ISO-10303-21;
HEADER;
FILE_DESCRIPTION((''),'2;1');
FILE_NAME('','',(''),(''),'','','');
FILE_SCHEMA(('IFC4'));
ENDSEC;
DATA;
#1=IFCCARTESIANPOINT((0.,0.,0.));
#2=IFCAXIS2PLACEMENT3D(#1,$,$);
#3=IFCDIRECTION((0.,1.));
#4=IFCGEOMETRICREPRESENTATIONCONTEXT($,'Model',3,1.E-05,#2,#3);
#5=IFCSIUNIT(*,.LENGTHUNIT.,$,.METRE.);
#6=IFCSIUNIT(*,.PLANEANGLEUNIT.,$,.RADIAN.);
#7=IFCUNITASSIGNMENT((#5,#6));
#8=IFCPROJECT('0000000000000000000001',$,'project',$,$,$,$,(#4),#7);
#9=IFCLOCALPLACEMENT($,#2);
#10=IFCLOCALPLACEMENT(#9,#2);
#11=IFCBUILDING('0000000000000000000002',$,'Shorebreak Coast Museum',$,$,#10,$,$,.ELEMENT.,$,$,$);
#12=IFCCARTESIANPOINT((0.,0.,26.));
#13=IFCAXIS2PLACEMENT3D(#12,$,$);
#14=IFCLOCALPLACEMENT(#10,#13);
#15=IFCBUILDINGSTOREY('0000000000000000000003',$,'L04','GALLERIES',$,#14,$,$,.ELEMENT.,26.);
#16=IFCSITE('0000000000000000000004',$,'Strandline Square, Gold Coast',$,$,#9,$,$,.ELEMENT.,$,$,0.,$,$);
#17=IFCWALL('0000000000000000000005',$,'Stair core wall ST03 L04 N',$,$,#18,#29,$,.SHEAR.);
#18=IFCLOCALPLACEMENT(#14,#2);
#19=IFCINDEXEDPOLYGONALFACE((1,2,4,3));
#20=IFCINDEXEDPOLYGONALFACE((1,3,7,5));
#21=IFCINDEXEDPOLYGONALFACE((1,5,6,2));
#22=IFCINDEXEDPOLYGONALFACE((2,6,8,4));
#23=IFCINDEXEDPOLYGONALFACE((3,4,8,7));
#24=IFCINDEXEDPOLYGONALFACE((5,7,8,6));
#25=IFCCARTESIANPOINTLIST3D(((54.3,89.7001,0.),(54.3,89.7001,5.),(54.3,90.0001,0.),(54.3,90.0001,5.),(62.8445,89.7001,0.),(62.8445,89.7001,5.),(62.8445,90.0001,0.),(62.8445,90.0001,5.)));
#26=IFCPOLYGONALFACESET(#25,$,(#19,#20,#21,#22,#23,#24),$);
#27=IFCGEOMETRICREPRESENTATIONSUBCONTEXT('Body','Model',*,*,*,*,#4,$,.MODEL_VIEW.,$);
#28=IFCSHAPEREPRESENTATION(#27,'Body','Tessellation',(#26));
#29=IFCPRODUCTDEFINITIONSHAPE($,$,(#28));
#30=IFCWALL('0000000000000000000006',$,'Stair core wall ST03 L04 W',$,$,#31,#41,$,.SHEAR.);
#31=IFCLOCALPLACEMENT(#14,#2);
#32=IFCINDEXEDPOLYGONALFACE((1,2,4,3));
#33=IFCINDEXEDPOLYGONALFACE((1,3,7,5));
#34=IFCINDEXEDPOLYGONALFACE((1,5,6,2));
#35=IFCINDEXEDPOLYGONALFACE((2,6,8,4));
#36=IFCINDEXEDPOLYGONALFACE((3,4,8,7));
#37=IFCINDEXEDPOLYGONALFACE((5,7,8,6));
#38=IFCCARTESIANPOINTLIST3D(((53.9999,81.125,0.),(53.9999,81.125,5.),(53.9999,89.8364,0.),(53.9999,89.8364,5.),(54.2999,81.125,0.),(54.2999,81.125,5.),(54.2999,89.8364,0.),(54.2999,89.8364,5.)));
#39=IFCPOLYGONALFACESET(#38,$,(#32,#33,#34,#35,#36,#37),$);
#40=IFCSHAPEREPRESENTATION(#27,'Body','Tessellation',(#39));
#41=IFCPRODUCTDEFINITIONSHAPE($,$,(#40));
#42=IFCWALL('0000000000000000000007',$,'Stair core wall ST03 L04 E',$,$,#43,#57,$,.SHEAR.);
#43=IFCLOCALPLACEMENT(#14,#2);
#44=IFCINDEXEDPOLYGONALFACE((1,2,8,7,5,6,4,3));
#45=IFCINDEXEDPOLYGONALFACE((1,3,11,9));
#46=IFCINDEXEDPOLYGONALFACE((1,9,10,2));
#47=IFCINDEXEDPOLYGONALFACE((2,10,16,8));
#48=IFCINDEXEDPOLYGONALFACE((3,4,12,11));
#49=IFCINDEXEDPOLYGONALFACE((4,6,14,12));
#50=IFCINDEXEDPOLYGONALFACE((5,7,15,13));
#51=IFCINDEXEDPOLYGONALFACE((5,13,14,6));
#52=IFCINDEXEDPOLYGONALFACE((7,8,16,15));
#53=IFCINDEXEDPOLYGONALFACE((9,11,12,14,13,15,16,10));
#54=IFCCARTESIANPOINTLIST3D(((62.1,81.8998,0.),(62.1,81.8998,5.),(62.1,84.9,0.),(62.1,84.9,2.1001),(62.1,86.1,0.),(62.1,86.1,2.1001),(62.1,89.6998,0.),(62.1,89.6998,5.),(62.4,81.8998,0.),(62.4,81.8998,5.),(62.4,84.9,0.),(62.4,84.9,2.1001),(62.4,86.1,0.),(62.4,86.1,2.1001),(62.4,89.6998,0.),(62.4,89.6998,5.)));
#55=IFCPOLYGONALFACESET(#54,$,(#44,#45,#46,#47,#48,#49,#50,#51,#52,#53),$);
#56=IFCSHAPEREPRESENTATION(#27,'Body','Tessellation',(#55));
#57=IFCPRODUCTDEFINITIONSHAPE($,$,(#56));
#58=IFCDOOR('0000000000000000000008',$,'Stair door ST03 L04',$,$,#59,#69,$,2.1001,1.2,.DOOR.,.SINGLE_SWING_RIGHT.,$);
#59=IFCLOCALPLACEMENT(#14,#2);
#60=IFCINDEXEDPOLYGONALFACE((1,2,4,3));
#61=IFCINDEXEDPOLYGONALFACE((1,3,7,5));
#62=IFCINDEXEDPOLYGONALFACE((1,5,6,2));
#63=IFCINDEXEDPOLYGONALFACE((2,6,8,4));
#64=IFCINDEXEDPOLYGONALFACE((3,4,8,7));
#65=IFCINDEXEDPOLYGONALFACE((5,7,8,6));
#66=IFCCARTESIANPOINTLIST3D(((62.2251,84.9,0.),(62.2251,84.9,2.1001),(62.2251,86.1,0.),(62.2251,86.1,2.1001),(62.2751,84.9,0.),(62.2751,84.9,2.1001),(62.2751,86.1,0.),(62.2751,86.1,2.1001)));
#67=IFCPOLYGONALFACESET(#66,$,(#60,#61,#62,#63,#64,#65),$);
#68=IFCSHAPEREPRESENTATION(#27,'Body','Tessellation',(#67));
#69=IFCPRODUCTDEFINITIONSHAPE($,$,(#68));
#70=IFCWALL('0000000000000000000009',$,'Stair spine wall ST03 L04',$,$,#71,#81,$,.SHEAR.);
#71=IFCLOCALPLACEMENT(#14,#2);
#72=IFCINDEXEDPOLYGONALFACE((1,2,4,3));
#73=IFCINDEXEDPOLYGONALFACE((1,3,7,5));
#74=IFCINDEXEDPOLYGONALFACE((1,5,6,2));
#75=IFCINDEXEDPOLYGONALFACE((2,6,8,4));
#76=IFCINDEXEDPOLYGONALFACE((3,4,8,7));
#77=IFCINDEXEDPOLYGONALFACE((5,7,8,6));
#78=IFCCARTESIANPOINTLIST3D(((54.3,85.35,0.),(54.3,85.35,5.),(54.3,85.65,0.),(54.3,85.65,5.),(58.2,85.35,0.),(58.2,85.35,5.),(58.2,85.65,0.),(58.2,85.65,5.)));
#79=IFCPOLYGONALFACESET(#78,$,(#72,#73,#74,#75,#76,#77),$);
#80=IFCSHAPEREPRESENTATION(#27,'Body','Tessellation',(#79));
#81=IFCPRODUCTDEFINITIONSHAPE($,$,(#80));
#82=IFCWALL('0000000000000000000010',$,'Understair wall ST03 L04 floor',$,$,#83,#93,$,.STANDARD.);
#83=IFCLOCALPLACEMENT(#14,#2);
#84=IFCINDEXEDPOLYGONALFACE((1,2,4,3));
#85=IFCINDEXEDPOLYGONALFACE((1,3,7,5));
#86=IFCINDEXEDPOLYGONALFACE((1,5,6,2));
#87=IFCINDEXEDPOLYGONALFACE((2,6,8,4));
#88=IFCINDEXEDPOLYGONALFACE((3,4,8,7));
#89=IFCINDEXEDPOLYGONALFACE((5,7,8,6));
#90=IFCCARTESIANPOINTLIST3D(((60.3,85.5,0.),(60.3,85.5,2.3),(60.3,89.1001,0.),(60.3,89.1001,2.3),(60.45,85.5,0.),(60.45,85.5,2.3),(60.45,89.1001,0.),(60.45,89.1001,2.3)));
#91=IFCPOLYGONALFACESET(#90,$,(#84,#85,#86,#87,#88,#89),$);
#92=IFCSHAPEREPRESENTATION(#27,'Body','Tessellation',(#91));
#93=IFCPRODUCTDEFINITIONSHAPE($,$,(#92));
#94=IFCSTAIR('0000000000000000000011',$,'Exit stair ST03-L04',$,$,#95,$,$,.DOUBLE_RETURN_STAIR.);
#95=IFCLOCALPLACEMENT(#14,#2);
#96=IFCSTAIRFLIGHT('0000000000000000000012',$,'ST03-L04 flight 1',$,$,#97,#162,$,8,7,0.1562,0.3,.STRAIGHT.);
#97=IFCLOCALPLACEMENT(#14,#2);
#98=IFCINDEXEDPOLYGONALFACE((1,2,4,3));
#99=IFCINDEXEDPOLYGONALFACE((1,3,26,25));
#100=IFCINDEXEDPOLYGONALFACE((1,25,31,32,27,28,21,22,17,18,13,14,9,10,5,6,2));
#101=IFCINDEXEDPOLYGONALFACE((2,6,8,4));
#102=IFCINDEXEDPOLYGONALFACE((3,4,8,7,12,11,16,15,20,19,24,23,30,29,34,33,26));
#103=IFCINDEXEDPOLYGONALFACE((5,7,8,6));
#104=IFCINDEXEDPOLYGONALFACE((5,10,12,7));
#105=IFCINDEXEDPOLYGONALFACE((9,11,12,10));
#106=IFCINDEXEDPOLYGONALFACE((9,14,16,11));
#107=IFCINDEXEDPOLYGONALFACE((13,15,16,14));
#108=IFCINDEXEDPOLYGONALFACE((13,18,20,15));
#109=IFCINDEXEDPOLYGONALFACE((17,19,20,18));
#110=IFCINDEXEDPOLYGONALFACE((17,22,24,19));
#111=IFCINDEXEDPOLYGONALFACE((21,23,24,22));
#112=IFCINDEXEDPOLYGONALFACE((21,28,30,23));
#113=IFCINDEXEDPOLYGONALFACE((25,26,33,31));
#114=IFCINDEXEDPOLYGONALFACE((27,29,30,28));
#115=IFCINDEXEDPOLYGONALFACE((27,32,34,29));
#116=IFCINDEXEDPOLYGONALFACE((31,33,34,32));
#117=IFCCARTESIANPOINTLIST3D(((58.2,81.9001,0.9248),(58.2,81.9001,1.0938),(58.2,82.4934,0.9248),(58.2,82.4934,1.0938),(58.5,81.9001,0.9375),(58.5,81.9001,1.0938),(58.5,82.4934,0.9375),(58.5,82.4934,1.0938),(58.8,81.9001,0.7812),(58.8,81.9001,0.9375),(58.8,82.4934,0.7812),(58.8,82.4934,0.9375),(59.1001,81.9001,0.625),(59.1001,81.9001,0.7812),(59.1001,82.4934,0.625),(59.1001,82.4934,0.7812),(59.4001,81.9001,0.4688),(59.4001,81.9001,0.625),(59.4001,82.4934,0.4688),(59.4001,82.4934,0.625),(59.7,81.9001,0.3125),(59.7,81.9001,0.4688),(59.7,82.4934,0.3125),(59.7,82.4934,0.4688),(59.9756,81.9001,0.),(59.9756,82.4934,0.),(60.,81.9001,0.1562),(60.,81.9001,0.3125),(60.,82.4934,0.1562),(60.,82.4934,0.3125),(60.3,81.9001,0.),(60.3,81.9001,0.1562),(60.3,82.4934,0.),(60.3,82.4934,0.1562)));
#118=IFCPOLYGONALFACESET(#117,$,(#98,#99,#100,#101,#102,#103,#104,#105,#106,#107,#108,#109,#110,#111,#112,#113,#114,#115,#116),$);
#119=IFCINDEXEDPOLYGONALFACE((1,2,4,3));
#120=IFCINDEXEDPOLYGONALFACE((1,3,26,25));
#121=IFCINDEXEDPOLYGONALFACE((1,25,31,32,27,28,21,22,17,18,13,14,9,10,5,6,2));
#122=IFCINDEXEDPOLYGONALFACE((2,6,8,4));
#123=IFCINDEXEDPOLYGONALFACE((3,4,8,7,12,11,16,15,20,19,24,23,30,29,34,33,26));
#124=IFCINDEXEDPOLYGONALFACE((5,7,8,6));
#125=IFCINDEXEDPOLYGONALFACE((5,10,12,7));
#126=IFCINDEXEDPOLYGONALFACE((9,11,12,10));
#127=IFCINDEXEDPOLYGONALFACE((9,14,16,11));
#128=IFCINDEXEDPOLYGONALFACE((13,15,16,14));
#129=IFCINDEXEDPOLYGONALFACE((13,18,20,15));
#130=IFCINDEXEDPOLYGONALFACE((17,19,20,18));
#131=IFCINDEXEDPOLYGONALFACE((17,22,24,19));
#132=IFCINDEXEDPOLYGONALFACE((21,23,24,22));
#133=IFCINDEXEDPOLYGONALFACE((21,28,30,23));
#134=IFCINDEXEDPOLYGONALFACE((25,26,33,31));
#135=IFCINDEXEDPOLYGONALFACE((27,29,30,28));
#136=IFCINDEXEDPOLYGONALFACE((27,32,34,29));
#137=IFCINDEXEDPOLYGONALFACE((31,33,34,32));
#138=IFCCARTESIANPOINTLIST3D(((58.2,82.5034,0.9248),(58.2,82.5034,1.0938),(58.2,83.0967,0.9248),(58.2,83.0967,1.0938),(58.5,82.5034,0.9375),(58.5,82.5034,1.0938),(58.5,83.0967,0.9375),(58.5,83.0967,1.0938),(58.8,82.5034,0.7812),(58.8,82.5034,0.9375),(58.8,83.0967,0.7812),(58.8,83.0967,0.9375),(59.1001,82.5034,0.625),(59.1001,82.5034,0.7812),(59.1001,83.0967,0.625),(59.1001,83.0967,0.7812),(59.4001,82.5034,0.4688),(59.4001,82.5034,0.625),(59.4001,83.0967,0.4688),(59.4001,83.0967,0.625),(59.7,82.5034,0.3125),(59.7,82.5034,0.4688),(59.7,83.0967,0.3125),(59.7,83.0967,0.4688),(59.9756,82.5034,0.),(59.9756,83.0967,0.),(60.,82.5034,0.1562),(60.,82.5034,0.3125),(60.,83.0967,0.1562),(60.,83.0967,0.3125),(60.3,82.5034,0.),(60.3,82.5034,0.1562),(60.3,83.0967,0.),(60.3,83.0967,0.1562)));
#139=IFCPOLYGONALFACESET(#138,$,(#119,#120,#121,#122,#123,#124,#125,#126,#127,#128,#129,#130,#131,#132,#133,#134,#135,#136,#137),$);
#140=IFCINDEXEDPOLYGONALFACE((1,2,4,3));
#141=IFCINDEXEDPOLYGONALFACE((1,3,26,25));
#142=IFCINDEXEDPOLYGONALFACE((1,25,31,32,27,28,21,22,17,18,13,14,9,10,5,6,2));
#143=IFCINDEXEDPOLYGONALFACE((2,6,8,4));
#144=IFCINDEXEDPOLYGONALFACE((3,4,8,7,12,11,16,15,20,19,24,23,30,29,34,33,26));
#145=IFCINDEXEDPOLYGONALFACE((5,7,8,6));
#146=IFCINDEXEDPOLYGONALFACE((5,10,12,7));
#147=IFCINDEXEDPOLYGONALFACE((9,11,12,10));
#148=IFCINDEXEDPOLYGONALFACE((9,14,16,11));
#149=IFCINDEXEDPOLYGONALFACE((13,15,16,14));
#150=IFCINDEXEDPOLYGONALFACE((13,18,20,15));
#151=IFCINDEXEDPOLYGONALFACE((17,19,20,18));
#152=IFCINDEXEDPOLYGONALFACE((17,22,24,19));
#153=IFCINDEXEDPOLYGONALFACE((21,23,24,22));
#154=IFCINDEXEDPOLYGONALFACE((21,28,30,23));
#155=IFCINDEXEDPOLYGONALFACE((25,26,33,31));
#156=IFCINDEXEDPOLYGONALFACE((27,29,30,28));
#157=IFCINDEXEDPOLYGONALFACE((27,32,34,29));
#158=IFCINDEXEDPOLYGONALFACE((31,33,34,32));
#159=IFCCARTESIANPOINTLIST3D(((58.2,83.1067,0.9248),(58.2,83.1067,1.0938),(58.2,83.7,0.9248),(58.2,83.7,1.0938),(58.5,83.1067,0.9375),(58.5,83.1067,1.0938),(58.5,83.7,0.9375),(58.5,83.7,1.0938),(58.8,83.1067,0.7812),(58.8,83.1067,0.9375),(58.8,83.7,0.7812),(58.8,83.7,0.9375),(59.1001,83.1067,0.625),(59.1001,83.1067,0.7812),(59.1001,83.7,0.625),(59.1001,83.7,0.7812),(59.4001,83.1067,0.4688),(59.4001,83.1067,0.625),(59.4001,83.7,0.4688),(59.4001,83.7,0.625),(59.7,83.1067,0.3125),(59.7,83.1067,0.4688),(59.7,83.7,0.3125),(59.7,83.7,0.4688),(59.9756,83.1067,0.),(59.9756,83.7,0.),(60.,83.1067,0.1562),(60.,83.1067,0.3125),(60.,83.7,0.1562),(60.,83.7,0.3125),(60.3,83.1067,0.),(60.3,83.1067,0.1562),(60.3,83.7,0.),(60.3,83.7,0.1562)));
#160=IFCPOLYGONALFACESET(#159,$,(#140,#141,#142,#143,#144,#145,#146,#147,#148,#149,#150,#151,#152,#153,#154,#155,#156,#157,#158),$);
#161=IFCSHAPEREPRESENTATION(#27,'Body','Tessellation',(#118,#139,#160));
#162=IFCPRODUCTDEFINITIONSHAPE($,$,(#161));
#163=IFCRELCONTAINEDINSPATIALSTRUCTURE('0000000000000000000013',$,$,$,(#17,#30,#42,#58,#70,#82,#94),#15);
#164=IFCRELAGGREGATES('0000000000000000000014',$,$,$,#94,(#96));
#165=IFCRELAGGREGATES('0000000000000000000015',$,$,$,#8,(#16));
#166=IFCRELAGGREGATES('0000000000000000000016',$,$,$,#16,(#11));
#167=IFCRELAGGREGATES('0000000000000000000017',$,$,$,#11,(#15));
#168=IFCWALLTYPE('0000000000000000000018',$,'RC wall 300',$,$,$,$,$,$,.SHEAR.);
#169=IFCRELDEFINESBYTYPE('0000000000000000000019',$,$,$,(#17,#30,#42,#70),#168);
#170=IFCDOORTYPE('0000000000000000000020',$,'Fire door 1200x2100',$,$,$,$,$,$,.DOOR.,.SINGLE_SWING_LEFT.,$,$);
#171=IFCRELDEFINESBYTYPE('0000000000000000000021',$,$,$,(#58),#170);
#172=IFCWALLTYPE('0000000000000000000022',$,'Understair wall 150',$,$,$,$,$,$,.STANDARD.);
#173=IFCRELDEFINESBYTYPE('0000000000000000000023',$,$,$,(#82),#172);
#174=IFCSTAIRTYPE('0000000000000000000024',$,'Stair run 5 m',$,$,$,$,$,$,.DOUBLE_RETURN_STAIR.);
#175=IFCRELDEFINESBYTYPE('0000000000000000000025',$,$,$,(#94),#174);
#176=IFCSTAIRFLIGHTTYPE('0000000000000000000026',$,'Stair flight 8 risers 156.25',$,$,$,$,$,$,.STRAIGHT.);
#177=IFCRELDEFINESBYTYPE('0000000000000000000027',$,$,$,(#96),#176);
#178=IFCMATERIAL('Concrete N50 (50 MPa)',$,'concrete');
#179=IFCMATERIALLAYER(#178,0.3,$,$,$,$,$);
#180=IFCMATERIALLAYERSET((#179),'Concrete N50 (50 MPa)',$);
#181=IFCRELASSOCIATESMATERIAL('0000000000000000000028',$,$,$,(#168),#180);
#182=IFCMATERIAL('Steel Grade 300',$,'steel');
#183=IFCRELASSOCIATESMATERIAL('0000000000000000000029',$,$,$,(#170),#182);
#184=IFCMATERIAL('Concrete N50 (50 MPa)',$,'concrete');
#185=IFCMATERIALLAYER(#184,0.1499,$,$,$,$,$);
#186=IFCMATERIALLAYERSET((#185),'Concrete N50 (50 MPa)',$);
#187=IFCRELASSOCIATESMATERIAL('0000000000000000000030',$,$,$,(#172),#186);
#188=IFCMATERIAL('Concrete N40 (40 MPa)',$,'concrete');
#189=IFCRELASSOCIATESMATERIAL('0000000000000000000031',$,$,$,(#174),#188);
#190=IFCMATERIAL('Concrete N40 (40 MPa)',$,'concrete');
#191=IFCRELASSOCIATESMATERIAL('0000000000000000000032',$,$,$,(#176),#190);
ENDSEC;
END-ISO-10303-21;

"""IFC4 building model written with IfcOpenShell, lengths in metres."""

from ifc_helpers import new_model, si_unit, direction, frame, frame_2d, origin, place, context, subcontext, project, spatial, polyline, rectangle, outline, extrude, material, layer, layer_set, type_object, element, fill, aggregate, save


model = new_model("IFC4")

# Units and contexts
model_context = context("Model", 3, precision=1e-05, world=origin(), true_north=direction((0.0, 1.0)))
body_context = subcontext(model_context, "Body", "Model", "MODEL_VIEW")
ifc_project = project(units=[si_unit("LENGTHUNIT", "METRE"), si_unit("PLANEANGLEUNIT", "RADIAN")], contexts=[model_context])

# Site, building, storey
site_placement = place(None, origin())
site = spatial("IfcSite", under=ifc_project, at=site_placement, Name="Strandline Square, Gold Coast", CompositionType="ELEMENT", RefElevation=0.0)
building_placement = place(site_placement, origin())
building = spatial("IfcBuilding", under=site, at=building_placement, Name="Shorebreak Coast Museum", CompositionType="ELEMENT")
storey_placement = place(building_placement, frame((0.0, 0.0, 26.0)))
storey = spatial("IfcBuildingStorey", under=building, at=storey_placement, Name="L04", Description="GALLERIES", CompositionType="ELEMENT", Elevation=26.0)

# Shared definitions
ifc_material_1 = material(Name="Concrete N50 (50 MPa)", Category="concrete")
ifc_layer_1 = layer(ifc_material_1, 0.3)
ifc_layer_set_1 = layer_set([ifc_layer_1], Name="Concrete N50 (50 MPa)")
wall_type_1 = type_object("IfcWallType", Name="RC wall 300", PredefinedType="SHEAR", material=ifc_layer_set_1)
ifc_material_2 = material(Name="Steel Grade 300", Category="steel")
door_type = type_object("IfcDoorType", Name="Fire door 1200x2100", OperationType="SINGLE_SWING_LEFT", PredefinedType="DOOR", material=ifc_material_2)

# Walls
wall_1_placement = place(storey_placement, frame((54.3, 89.8501, 0.0), z_axis=(0.0, 0.0, 1.0), x_axis=(1.0, 0.0, 0.0)))
element("IfcWall", 1, at=wall_1_placement, inside=storey, type_object=wall_type_1, Name="Stair core wall ST03 L04 N", PredefinedType="SHEAR", context=body_context, shape_type="SweptSolid", body=[
    extrude(rectangle(XDim=8.5444, YDim=0.3, at=frame_2d((4.2722, 0.0))), origin(), (0.0, 0.0, 1.0), 5.0),
])
wall_2_placement = place(storey_placement, frame((54.1499, 81.125, 0.0), z_axis=(0.0, 0.0, 1.0), x_axis=(0.0, 1.0, 0.0)))
element("IfcWall", 2, at=wall_2_placement, inside=storey, type_object=wall_type_1, Name="Stair core wall ST03 L04 W", PredefinedType="SHEAR", context=body_context, shape_type="SweptSolid", body=[
    extrude(rectangle(XDim=8.7114, YDim=0.3, at=frame_2d((4.3557, 0.0))), origin(), (0.0, 0.0, 1.0), 5.0),
])

# Wall, opening, door
wall_3_placement = place(storey_placement, frame((62.25, 81.8999, 0.0), z_axis=(0.0, 0.0, 1.0), x_axis=(0.0, 1.0, 0.0)))
wall_3 = element("IfcWall", 3, at=wall_3_placement, inside=storey, type_object=wall_type_1, Name="Stair core wall ST03 L04 E", PredefinedType="SHEAR", context=body_context, shape_type="SweptSolid", body=[
    extrude(rectangle(XDim=7.8, YDim=0.3, at=frame_2d((3.8999, 0.0))), origin(), (0.0, 0.0, 1.0), 5.0),
])
opening_1_placement = place(wall_3_placement, frame((3.0, 0.0, 0.0)))
opening_1 = element("IfcOpeningElement", 4, at=opening_1_placement, cuts=wall_3, PredefinedType="OPENING", context=body_context, shape_type="SweptSolid", body=[
    extrude(rectangle(XDim=1.2, YDim=2.1001, at=frame_2d((0.6001, 1.05))), frame((0.0, 0.1599, 0.0), z_axis=(0.0, -1.0, 0.0), x_axis=(1.0, 0.0, 0.0)), (0.0, 0.0, 1.0), 0.3201),
])
door_1_placement = place(opening_1_placement, origin())
door_1 = element("IfcDoor", 5, at=door_1_placement, inside=storey, type_object=door_type, Name="Stair door ST03 L04", OperationType="SINGLE_SWING_RIGHT", OverallHeight=2.1001, OverallWidth=1.2, PredefinedType="DOOR", context=body_context, shape_type="SweptSolid", body=[
    extrude(rectangle(XDim=1.2, YDim=2.1001, at=frame_2d((0.6001, 1.05))), frame((0.0, 0.0249, 0.0), z_axis=(0.0, -1.0, 0.0), x_axis=(1.0, 0.0, 0.0)), (0.0, 0.0, 1.0), 0.05),
])
fill(opening_1, door_1)

# Walls
wall_4_placement = place(storey_placement, frame((58.2, 85.5, 0.0), z_axis=(0.0, 0.0, 1.0), x_axis=(-1.0, 0.0, 0.0)))
element("IfcWall", 6, at=wall_4_placement, inside=storey, type_object=wall_type_1, Name="Stair spine wall ST03 L04", PredefinedType="SHEAR", context=body_context, shape_type="SweptSolid", body=[
    extrude(rectangle(XDim=3.8999, YDim=0.3, at=frame_2d((1.95, 0.0))), origin(), (0.0, 0.0, 1.0), 5.0),
])
ifc_material_3 = material(Name="Concrete N50 (50 MPa)", Category="concrete")
ifc_layer_2 = layer(ifc_material_3, 0.1499)
ifc_layer_set_2 = layer_set([ifc_layer_2], Name="Concrete N50 (50 MPa)")
wall_type_2 = type_object("IfcWallType", Name="Understair wall 150", PredefinedType="STANDARD", material=ifc_layer_set_2)
wall_5_placement = place(storey_placement, frame((60.375, 85.5, 0.0), z_axis=(0.0, 0.0, 1.0), x_axis=(0.0, 1.0, 0.0)))
element("IfcWall", 7, at=wall_5_placement, inside=storey, type_object=wall_type_2, Name="Understair wall ST03 L04 floor", PredefinedType="STANDARD", context=body_context, shape_type="SweptSolid", body=[
    extrude(rectangle(XDim=3.6001, YDim=0.1499, at=frame_2d((1.8, 0.0))), origin(), (0.0, 0.0, 1.0), 2.3),
])

# Stair, stair flight
ifc_material_4 = material(Name="Concrete N40 (40 MPa)", Category="concrete")
stair_type = type_object("IfcStairType", Name="Stair run 5 m", PredefinedType="DOUBLE_RETURN_STAIR", material=ifc_material_4)
stair_placement = place(storey_placement, origin())
stair = element("IfcStair", 8, at=stair_placement, inside=storey, type_object=stair_type, Name="Exit stair ST03-L04", PredefinedType="DOUBLE_RETURN_STAIR")
ifc_material_5 = material(Name="Concrete N40 (40 MPa)", Category="concrete")
stair_flight_type = type_object("IfcStairFlightType", Name="Stair flight 8 risers 156.25", PredefinedType="STRAIGHT", material=ifc_material_5)
stair_flight_1_placement = place(storey_placement, frame((60.3, 82.8, 0.0), z_axis=(0.0, 0.0, 1.0), x_axis=(-1.0, 0.0, 0.0)))
stair_flight_1 = element("IfcStairFlight", 9, at=stair_flight_1_placement, type_object=stair_flight_type, Name="ST03-L04 flight 1", NumberOfRisers=8, NumberOfTreads=7, PredefinedType="STRAIGHT", RiserHeight=0.1562, TreadLength=0.3, context=body_context, shape_type="SweptSolid", body=[
    extrude(outline(polyline([(0.0, 0.0), (0.0, 0.1562), (0.3, 0.1562), (0.3, 0.3125), (0.6001, 0.3125), (0.6001, 0.4688), (0.8999, 0.4688), (0.8999, 0.625), (1.2, 0.625), (1.2, 0.7812), (1.5, 0.7812), (1.5, 0.9375), (1.8, 0.9375), (1.8, 1.0938), (2.1001, 1.0938), (2.1001, 1.25), (2.1001, 0.9248), (0.3245, 0.0), (0.0, 0.0)])), frame((0.0, 0.8999, 0.0), z_axis=(0.0, -1.0, 0.0), x_axis=(1.0, 0.0, 0.0)), (0.0, 0.0, 1.0), 0.5933),
    extrude(outline(polyline([(0.0, 0.0), (0.0, 0.1562), (0.3, 0.1562), (0.3, 0.3125), (0.6001, 0.3125), (0.6001, 0.4688), (0.8999, 0.4688), (0.8999, 0.625), (1.2, 0.625), (1.2, 0.7812), (1.5, 0.7812), (1.5, 0.9375), (1.8, 0.9375), (1.8, 1.0938), (2.1001, 1.0938), (2.1001, 1.25), (2.1001, 0.9248), (0.3245, 0.0), (0.0, 0.0)])), frame((0.0, 0.2966, 0.0), z_axis=(0.0, -1.0, 0.0), x_axis=(1.0, 0.0, 0.0)), (0.0, 0.0, 1.0), 0.5933),
    extrude(outline(polyline([(0.0, 0.0), (0.0, 0.1562), (0.3, 0.1562), (0.3, 0.3125), (0.6001, 0.3125), (0.6001, 0.4688), (0.8999, 0.4688), (0.8999, 0.625), (1.2, 0.625), (1.2, 0.7812), (1.5, 0.7812), (1.5, 0.9375), (1.8, 0.9375), (1.8, 1.0938), (2.1001, 1.0938), (2.1001, 1.25), (2.1001, 0.9248), (0.3245, 0.0), (0.0, 0.0)])), frame((0.0, -0.3066, 0.0), z_axis=(0.0, -1.0, 0.0), x_axis=(1.0, 0.0, 0.0)), (0.0, 0.0, 1.0), 0.5933),
])
aggregate(stair, [stair_flight_1])

save(model, "model.ifc")
